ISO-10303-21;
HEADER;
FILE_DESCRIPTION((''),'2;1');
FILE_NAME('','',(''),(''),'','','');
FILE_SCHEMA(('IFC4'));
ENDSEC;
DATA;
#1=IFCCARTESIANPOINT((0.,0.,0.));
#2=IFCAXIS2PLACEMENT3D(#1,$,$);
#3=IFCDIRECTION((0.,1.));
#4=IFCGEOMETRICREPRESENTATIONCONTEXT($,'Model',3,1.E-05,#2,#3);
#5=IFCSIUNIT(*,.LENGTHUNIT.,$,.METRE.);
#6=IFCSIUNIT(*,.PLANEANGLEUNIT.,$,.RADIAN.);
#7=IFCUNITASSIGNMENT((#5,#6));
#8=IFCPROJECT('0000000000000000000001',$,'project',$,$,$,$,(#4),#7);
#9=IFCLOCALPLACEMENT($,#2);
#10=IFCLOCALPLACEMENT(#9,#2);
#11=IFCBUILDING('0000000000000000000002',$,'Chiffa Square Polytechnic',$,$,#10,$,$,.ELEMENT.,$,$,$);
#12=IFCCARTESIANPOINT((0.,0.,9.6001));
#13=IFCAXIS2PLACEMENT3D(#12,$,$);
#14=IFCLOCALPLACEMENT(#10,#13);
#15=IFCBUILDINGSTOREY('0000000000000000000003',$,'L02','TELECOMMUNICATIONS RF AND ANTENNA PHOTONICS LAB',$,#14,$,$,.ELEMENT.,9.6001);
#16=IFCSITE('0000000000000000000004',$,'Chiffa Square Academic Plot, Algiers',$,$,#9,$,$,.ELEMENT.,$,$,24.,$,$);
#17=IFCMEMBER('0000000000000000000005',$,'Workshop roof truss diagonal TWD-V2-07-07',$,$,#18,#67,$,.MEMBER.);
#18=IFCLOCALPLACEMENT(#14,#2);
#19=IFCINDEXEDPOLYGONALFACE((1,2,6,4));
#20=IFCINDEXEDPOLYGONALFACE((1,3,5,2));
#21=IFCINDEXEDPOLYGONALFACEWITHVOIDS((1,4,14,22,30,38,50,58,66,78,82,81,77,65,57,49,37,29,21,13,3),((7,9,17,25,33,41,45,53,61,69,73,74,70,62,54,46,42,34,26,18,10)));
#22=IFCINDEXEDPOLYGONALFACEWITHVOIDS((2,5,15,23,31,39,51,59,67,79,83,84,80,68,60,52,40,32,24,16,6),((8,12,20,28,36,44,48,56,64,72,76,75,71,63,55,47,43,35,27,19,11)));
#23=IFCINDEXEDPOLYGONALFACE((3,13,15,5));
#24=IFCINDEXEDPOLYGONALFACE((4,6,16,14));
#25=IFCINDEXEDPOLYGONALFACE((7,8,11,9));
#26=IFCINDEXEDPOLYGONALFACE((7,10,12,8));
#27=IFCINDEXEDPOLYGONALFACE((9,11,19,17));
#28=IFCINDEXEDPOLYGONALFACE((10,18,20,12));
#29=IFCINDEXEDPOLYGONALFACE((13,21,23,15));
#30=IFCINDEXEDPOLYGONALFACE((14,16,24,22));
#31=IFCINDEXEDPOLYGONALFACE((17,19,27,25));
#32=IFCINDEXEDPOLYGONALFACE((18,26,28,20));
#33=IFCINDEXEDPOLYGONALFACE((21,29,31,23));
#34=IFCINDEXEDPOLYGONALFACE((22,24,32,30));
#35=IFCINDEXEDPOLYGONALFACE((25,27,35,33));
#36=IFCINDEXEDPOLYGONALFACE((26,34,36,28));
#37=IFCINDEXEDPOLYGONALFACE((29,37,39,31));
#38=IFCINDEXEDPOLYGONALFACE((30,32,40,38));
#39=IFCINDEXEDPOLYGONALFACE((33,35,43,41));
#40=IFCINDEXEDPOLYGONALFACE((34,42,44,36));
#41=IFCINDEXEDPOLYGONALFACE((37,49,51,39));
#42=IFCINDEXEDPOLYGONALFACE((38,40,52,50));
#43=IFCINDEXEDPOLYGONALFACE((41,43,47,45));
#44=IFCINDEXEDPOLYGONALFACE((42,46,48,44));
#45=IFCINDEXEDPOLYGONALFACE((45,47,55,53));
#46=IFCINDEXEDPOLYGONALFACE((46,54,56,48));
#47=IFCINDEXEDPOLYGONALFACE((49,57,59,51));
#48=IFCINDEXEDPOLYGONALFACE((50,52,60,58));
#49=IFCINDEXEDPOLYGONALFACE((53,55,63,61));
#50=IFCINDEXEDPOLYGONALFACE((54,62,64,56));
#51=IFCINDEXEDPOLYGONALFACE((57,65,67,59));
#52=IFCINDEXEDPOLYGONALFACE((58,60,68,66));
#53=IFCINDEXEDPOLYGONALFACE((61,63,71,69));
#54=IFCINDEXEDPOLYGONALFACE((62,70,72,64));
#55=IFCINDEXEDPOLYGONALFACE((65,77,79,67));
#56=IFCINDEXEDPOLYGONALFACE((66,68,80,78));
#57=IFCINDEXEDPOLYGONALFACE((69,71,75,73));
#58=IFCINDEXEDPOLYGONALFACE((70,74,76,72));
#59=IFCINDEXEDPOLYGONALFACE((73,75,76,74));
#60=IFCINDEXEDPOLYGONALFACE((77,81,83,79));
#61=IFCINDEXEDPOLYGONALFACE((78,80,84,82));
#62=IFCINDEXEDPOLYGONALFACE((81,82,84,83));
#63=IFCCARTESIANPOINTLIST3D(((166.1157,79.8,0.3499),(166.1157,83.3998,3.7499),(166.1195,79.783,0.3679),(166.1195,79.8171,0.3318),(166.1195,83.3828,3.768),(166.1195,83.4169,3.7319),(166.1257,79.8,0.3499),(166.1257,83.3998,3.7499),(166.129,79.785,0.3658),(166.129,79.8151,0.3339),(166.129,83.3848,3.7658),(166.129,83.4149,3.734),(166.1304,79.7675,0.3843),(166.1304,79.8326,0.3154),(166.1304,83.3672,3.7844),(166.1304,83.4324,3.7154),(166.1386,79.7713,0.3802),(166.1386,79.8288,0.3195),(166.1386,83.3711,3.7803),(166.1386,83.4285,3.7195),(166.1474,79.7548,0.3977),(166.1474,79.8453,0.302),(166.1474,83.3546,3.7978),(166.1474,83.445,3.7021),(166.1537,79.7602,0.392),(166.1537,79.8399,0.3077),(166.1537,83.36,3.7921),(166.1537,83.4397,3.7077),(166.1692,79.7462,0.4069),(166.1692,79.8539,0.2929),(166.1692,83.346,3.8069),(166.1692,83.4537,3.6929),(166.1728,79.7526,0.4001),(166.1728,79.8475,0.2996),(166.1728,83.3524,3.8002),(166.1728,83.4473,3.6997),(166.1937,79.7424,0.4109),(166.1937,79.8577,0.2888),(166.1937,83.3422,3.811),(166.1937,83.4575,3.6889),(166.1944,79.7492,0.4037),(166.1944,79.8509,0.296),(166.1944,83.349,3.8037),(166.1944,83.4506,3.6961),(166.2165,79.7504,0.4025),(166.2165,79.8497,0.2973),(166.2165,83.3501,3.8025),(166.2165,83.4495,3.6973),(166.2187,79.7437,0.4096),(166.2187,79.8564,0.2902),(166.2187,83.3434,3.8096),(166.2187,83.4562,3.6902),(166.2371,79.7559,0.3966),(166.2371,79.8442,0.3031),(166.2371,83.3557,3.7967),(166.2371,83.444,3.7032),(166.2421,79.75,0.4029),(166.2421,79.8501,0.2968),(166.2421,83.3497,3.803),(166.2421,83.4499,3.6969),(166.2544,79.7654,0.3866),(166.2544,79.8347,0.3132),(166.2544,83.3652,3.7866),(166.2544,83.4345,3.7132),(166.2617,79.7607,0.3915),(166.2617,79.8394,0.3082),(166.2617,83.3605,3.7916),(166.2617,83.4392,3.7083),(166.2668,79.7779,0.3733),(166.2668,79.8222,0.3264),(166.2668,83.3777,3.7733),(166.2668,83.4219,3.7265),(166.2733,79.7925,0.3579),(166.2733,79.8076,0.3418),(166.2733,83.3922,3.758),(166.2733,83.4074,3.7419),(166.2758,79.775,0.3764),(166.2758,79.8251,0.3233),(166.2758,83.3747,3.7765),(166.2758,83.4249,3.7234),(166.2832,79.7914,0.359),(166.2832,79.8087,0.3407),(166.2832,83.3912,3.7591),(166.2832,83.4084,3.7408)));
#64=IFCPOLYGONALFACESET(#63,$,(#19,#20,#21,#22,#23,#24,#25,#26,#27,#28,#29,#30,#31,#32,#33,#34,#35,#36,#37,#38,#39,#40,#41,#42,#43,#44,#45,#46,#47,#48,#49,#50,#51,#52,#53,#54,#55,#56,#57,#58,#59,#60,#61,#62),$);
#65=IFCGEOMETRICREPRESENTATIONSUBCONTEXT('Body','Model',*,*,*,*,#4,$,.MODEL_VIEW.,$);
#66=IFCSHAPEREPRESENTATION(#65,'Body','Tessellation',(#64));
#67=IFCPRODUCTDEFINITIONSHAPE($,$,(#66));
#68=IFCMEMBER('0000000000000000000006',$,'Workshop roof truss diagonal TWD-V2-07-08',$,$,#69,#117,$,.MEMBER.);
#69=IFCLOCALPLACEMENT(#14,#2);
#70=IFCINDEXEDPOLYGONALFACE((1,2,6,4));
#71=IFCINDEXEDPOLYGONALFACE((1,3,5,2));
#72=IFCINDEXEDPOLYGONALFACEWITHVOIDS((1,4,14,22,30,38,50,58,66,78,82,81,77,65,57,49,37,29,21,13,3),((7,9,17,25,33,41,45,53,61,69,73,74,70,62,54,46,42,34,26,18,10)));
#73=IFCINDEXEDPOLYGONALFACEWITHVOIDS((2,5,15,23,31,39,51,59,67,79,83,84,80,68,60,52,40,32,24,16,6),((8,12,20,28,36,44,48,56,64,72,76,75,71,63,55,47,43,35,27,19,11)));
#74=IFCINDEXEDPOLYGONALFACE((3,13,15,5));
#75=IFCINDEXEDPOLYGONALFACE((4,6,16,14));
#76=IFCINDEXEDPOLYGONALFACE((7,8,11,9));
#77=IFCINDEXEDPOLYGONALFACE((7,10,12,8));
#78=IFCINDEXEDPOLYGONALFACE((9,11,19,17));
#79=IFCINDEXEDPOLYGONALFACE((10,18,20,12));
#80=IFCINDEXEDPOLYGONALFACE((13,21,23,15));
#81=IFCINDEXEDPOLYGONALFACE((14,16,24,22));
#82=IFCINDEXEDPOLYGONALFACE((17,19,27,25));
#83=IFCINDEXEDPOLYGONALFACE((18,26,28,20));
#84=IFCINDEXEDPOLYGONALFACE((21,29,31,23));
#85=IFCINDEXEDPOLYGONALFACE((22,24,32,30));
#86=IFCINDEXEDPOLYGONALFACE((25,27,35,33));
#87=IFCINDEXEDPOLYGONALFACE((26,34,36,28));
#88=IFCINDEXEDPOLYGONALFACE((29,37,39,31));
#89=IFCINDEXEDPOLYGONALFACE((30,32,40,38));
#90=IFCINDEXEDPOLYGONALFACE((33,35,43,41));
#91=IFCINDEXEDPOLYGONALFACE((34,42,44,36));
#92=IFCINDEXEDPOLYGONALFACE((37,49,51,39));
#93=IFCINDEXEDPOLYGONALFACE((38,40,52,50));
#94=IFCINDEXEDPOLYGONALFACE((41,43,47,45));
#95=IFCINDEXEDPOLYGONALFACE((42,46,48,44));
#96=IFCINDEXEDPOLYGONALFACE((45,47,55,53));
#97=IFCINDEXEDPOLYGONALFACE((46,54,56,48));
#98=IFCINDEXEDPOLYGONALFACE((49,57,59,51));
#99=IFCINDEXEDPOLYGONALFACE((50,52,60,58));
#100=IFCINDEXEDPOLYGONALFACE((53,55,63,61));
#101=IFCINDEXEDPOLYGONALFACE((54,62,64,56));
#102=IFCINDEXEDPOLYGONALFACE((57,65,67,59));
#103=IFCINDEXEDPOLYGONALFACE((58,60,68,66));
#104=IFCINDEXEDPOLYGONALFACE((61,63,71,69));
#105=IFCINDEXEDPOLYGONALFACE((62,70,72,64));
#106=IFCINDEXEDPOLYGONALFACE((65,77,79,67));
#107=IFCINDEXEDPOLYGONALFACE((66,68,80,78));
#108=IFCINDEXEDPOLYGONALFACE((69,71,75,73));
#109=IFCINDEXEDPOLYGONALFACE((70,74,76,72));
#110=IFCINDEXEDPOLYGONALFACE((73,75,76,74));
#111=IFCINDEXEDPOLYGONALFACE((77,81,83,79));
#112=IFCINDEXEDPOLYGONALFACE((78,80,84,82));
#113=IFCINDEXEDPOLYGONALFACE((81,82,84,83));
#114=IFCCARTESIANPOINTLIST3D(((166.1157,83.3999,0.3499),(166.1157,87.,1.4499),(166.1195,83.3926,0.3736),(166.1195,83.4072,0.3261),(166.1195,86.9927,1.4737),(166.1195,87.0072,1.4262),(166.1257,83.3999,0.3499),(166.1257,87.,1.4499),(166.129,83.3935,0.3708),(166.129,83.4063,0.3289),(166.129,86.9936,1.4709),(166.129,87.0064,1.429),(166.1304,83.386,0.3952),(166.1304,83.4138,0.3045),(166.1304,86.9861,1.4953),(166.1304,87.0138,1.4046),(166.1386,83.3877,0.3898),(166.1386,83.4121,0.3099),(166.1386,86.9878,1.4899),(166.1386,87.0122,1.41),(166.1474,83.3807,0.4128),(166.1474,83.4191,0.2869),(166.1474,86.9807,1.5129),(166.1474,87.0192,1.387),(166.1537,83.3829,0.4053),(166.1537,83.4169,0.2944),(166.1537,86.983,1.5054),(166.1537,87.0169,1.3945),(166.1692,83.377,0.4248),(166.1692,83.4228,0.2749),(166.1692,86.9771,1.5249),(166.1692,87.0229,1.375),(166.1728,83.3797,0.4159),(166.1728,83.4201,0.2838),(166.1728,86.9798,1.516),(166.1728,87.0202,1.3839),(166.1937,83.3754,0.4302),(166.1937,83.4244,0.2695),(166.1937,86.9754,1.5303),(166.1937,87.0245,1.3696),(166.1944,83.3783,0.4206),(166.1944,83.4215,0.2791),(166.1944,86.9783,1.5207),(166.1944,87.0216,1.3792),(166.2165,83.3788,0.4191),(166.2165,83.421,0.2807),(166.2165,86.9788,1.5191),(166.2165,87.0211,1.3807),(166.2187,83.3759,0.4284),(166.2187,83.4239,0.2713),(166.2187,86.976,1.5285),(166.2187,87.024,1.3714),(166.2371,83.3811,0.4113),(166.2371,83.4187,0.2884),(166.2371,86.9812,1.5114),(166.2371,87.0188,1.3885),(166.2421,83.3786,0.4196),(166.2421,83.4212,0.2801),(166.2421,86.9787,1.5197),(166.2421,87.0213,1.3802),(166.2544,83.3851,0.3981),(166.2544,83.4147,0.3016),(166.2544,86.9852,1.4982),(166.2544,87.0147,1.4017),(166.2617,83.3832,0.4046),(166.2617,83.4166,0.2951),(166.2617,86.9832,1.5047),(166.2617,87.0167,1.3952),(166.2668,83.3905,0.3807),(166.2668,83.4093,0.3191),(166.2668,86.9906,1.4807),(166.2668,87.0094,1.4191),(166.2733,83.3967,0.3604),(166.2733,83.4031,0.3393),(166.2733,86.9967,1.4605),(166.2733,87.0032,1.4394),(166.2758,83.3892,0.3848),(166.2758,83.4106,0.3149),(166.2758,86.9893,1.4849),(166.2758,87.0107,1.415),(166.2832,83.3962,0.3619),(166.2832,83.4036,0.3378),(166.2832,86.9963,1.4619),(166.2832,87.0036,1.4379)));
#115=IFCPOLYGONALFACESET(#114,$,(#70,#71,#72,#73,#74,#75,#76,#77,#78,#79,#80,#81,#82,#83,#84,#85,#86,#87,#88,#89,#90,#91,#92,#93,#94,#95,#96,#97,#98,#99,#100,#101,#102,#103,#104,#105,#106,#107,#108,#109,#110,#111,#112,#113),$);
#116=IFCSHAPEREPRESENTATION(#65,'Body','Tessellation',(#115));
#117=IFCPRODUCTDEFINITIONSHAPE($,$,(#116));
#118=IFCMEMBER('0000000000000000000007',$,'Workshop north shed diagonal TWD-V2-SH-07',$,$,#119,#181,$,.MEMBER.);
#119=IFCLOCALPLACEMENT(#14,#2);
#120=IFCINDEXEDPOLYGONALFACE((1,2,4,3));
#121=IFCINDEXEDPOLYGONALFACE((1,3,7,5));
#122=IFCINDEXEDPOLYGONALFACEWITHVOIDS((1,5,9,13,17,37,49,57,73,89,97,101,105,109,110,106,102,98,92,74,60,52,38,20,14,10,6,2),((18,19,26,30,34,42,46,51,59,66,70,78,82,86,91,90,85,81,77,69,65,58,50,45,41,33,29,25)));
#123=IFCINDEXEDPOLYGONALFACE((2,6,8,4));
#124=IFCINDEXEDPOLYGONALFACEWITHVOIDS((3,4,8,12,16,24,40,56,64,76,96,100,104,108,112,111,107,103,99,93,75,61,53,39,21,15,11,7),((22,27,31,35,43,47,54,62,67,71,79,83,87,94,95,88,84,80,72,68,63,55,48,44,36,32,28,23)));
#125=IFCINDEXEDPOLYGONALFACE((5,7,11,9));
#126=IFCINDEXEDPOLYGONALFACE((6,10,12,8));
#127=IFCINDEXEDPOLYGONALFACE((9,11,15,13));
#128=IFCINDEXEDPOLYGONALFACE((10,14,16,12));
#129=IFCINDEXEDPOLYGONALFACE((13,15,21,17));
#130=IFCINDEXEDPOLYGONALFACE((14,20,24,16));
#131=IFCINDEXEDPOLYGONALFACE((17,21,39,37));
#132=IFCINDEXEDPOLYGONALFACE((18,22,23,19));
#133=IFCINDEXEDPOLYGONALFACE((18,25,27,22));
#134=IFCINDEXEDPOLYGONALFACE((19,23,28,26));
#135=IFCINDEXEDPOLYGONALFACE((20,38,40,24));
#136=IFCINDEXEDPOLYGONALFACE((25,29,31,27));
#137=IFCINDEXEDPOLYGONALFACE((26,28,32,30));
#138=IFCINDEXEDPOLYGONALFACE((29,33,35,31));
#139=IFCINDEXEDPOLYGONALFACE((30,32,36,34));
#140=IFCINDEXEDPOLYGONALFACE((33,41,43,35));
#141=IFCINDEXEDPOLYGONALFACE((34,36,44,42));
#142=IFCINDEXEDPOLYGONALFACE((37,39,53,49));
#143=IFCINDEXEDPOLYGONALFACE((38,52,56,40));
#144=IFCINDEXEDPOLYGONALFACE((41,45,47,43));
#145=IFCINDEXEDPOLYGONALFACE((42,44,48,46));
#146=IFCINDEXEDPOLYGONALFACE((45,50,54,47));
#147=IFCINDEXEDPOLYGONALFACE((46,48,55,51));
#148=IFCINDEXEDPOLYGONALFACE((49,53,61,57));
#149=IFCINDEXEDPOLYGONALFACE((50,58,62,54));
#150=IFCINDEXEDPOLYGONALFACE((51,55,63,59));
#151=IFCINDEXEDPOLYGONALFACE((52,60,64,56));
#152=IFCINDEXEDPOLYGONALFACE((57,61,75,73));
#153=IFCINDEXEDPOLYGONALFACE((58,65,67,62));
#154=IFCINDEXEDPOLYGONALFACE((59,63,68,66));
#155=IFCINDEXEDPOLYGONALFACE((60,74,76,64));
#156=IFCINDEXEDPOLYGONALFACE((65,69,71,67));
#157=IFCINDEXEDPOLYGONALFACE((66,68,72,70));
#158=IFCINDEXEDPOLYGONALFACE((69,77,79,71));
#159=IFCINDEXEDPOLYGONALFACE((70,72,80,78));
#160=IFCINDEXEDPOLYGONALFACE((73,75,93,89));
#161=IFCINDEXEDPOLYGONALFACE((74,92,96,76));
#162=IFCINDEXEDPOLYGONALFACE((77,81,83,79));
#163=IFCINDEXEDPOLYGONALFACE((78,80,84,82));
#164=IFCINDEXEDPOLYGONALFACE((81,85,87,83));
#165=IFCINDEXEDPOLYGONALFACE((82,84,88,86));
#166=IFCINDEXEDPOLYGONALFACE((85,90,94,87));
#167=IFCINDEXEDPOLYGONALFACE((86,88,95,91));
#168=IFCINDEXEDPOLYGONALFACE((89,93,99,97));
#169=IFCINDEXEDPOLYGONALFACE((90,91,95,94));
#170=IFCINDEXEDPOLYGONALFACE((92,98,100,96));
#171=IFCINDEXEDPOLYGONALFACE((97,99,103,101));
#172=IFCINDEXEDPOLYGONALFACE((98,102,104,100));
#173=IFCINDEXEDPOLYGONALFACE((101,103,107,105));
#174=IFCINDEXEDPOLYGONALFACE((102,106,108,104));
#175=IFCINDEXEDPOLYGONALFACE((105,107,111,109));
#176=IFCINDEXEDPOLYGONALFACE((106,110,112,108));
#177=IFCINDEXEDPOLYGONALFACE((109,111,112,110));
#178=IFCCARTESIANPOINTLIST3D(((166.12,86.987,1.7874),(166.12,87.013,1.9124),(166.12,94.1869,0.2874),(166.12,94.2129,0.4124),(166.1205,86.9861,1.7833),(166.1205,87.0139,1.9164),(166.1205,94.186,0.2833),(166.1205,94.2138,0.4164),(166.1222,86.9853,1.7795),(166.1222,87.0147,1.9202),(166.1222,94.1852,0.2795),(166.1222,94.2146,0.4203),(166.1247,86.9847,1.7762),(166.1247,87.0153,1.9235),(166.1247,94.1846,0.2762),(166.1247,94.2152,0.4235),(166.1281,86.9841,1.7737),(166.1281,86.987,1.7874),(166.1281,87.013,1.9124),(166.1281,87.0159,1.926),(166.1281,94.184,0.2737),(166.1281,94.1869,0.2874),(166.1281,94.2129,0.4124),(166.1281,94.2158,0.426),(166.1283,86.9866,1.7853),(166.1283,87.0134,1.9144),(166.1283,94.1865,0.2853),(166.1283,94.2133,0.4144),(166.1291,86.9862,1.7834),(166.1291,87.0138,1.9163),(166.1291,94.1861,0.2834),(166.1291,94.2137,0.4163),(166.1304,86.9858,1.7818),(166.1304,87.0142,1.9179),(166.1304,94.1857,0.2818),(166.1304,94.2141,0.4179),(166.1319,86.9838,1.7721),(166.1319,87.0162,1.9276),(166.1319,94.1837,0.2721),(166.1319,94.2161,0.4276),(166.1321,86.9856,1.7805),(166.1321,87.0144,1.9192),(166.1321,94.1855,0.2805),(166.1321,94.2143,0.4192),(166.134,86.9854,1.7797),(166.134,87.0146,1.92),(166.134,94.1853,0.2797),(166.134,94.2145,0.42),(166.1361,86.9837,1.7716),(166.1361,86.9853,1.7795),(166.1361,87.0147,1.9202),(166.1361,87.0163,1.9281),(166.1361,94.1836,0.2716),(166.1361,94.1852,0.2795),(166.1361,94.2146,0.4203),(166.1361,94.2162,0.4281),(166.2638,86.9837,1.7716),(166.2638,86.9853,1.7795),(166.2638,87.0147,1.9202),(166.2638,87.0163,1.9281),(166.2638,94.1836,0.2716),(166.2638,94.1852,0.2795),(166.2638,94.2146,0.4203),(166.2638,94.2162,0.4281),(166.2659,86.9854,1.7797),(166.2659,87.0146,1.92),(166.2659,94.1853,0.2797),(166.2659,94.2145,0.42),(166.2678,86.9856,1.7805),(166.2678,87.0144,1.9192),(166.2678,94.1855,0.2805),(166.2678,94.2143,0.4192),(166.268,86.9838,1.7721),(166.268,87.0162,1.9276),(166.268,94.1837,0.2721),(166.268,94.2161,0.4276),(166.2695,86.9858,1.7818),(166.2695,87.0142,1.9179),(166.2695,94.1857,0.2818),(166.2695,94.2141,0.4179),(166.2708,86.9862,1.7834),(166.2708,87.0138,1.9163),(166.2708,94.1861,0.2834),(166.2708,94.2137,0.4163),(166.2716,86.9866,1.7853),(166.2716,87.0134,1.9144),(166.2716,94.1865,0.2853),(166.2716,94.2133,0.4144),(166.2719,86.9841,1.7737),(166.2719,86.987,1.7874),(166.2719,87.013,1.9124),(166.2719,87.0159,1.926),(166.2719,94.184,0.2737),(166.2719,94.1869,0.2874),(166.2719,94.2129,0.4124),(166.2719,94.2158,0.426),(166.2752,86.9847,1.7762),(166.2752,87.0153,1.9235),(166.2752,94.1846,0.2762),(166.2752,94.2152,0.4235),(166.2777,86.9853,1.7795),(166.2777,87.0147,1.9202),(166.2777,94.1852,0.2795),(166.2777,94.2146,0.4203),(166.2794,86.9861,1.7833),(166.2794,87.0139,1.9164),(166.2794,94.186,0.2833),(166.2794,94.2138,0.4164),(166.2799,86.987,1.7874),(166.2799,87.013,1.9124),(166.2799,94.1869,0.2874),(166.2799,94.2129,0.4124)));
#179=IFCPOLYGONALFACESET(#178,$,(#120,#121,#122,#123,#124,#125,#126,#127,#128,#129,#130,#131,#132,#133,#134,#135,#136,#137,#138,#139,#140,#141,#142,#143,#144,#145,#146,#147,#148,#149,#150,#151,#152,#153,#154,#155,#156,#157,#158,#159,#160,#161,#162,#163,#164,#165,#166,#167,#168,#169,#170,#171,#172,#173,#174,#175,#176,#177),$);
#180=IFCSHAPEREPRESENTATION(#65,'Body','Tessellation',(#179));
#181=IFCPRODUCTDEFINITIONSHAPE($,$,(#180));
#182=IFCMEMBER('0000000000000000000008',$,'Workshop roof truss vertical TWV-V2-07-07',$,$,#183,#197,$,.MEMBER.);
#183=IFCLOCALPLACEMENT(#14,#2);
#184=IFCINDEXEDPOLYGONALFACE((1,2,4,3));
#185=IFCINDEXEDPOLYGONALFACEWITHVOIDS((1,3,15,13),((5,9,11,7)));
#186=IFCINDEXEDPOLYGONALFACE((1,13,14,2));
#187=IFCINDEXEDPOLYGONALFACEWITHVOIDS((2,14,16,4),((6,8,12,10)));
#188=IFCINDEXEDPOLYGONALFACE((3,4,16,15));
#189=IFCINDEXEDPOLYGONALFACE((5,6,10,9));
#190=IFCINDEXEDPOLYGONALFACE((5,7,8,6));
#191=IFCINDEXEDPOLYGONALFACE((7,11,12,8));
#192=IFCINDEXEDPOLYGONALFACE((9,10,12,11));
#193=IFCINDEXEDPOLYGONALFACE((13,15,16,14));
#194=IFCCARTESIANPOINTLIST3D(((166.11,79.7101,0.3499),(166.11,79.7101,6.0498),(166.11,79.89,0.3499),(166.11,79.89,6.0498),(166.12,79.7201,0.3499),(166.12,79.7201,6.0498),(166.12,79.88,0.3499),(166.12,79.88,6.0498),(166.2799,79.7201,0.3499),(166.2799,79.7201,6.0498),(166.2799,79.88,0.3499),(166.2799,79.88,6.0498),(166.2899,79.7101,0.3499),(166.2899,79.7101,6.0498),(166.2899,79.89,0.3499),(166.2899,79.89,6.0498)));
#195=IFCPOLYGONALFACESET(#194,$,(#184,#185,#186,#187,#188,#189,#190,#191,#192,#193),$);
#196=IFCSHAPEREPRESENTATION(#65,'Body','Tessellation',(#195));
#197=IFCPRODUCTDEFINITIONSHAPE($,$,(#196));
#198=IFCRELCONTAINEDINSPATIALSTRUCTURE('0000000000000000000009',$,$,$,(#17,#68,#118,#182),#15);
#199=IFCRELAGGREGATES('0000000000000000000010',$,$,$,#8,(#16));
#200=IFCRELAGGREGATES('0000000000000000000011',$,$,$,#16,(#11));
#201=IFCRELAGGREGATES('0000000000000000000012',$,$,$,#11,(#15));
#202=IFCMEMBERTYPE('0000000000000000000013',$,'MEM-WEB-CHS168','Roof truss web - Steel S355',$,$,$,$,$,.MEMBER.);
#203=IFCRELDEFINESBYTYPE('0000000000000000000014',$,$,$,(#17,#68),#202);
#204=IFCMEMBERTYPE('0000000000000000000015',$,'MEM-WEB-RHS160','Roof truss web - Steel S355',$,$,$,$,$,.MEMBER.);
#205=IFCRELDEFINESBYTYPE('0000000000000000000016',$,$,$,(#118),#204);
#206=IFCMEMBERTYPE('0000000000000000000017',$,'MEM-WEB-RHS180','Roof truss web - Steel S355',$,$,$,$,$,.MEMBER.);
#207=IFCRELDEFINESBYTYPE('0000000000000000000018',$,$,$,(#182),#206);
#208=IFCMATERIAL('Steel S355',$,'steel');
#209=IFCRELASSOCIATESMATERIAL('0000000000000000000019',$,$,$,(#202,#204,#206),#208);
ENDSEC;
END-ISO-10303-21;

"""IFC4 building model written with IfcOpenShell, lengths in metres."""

from ifc_helpers import new_model, si_unit, direction, frame, origin, origin_2d, place, context, subcontext, project, spatial, hollow_rectangle, hollow_circle, extrude, material, material_profile, profile_set, type_object, element, save


model = new_model("IFC4")

# Units and contexts
model_context = context("Model", 3, precision=1e-05, world=origin(), true_north=direction((0.0, 1.0)))
body_context = subcontext(model_context, "Body", "Model", "MODEL_VIEW")
ifc_project = project(units=[si_unit("LENGTHUNIT", "METRE"), si_unit("PLANEANGLEUNIT", "RADIAN")], contexts=[model_context])

# Site, building, storey
site_placement = place(None, origin())
site = spatial("IfcSite", under=ifc_project, at=site_placement, Name="Chiffa Square Academic Plot, Algiers", CompositionType="ELEMENT", RefElevation=24.0)
building_placement = place(site_placement, origin())
building = spatial("IfcBuilding", under=site, at=building_placement, Name="Chiffa Square Polytechnic", CompositionType="ELEMENT")
storey_placement = place(building_placement, frame((0.0, 0.0, 9.6001)))
storey = spatial("IfcBuildingStorey", under=building, at=storey_placement, Name="L02", Description="TELECOMMUNICATIONS RF AND ANTENNA PHOTONICS LAB", CompositionType="ELEMENT", Elevation=9.6001)

# Shared definitions
ifc_material_1 = material(Name="Steel S355", Category="steel")

# Members
ifc_material_profile_1 = material_profile(ifc_material_1, hollow_circle(Radius=0.0842, WallThickness=0.01, at=origin_2d()), Name="CHS 168.3x10")
ifc_profile_set_1 = profile_set([ifc_material_profile_1], Name="Steel S355")
member_type_1 = type_object("IfcMemberType", Name="MEM-WEB-CHS168", Description="Roof truss web - Steel S355", PredefinedType="MEMBER", material=ifc_profile_set_1)
member_1_placement = place(storey_placement, frame((166.2, 79.8, 0.3499), z_axis=(0.0, 0.726984, 0.686654), x_axis=(-1.0, 0.0, 0.0)))
element("IfcMember", 1, at=member_1_placement, inside=storey, type_object=member_type_1, Name="Workshop roof truss diagonal TWD-V2-07-07", PredefinedType="MEMBER", context=body_context, shape_type="SweptSolid", body=[
    extrude(hollow_circle(Radius=0.0842, WallThickness=0.01, at=origin_2d()), origin(), (0.0, 0.0, 1.0), 4.9517),
])
member_2_placement = place(storey_placement, frame((166.2, 83.3999, 0.3499), z_axis=(0.0, 0.956347, 0.292235), x_axis=(-1.0, 0.0, 0.0)))
element("IfcMember", 2, at=member_2_placement, inside=storey, type_object=member_type_1, Name="Workshop roof truss diagonal TWD-V2-07-08", PredefinedType="MEMBER", context=body_context, shape_type="SweptSolid", body=[
    extrude(hollow_circle(Radius=0.0842, WallThickness=0.01, at=origin_2d()), origin(), (0.0, 0.0, 1.0), 3.7644),
])
ifc_material_profile_2 = material_profile(ifc_material_1, hollow_rectangle(XDim=0.1599, YDim=0.1599, WallThickness=0.0081, InnerFilletRadius=0.0081, OuterFilletRadius=0.0161, at=origin_2d()), Name="RHS 160x160x8")
ifc_profile_set_2 = profile_set([ifc_material_profile_2], Name="Steel S355")
member_type_2 = type_object("IfcMemberType", Name="MEM-WEB-RHS160", Description="Roof truss web - Steel S355", PredefinedType="MEMBER", material=ifc_profile_set_2)
member_3_placement = place(storey_placement, frame((166.2, 87.0, 1.8499), z_axis=(0.0, 0.97898, -0.203956), x_axis=(-1.0, 0.0, 0.0)))
element("IfcMember", 3, at=member_3_placement, inside=storey, type_object=member_type_2, Name="Workshop north shed diagonal TWD-V2-SH-07", PredefinedType="MEMBER", context=body_context, shape_type="SweptSolid", body=[
    extrude(hollow_rectangle(XDim=0.1599, YDim=0.1599, WallThickness=0.0081, InnerFilletRadius=0.0081, OuterFilletRadius=0.0161, at=origin_2d()), origin(), (0.0, 0.0, 1.0), 7.3545),
])
ifc_material_profile_3 = material_profile(ifc_material_1, hollow_rectangle(XDim=0.1799, YDim=0.1799, WallThickness=0.01, at=origin_2d()), Name="RHS 180x180x10")
ifc_profile_set_3 = profile_set([ifc_material_profile_3], Name="Steel S355")
member_type_3 = type_object("IfcMemberType", Name="MEM-WEB-RHS180", Description="Roof truss web - Steel S355", PredefinedType="MEMBER", material=ifc_profile_set_3)
member_4_placement = place(storey_placement, frame((166.2, 79.8, 0.3499), z_axis=(0.0, 0.0, 1.0), x_axis=(1.0, 0.0, 0.0)))
element("IfcMember", 4, at=member_4_placement, inside=storey, type_object=member_type_3, Name="Workshop roof truss vertical TWV-V2-07-07", PredefinedType="MEMBER", context=body_context, shape_type="SweptSolid", body=[
    extrude(hollow_rectangle(XDim=0.1799, YDim=0.1799, WallThickness=0.01, at=origin_2d()), origin(), (0.0, 0.0, 1.0), 5.7),
])

save(model, "model.ifc")
